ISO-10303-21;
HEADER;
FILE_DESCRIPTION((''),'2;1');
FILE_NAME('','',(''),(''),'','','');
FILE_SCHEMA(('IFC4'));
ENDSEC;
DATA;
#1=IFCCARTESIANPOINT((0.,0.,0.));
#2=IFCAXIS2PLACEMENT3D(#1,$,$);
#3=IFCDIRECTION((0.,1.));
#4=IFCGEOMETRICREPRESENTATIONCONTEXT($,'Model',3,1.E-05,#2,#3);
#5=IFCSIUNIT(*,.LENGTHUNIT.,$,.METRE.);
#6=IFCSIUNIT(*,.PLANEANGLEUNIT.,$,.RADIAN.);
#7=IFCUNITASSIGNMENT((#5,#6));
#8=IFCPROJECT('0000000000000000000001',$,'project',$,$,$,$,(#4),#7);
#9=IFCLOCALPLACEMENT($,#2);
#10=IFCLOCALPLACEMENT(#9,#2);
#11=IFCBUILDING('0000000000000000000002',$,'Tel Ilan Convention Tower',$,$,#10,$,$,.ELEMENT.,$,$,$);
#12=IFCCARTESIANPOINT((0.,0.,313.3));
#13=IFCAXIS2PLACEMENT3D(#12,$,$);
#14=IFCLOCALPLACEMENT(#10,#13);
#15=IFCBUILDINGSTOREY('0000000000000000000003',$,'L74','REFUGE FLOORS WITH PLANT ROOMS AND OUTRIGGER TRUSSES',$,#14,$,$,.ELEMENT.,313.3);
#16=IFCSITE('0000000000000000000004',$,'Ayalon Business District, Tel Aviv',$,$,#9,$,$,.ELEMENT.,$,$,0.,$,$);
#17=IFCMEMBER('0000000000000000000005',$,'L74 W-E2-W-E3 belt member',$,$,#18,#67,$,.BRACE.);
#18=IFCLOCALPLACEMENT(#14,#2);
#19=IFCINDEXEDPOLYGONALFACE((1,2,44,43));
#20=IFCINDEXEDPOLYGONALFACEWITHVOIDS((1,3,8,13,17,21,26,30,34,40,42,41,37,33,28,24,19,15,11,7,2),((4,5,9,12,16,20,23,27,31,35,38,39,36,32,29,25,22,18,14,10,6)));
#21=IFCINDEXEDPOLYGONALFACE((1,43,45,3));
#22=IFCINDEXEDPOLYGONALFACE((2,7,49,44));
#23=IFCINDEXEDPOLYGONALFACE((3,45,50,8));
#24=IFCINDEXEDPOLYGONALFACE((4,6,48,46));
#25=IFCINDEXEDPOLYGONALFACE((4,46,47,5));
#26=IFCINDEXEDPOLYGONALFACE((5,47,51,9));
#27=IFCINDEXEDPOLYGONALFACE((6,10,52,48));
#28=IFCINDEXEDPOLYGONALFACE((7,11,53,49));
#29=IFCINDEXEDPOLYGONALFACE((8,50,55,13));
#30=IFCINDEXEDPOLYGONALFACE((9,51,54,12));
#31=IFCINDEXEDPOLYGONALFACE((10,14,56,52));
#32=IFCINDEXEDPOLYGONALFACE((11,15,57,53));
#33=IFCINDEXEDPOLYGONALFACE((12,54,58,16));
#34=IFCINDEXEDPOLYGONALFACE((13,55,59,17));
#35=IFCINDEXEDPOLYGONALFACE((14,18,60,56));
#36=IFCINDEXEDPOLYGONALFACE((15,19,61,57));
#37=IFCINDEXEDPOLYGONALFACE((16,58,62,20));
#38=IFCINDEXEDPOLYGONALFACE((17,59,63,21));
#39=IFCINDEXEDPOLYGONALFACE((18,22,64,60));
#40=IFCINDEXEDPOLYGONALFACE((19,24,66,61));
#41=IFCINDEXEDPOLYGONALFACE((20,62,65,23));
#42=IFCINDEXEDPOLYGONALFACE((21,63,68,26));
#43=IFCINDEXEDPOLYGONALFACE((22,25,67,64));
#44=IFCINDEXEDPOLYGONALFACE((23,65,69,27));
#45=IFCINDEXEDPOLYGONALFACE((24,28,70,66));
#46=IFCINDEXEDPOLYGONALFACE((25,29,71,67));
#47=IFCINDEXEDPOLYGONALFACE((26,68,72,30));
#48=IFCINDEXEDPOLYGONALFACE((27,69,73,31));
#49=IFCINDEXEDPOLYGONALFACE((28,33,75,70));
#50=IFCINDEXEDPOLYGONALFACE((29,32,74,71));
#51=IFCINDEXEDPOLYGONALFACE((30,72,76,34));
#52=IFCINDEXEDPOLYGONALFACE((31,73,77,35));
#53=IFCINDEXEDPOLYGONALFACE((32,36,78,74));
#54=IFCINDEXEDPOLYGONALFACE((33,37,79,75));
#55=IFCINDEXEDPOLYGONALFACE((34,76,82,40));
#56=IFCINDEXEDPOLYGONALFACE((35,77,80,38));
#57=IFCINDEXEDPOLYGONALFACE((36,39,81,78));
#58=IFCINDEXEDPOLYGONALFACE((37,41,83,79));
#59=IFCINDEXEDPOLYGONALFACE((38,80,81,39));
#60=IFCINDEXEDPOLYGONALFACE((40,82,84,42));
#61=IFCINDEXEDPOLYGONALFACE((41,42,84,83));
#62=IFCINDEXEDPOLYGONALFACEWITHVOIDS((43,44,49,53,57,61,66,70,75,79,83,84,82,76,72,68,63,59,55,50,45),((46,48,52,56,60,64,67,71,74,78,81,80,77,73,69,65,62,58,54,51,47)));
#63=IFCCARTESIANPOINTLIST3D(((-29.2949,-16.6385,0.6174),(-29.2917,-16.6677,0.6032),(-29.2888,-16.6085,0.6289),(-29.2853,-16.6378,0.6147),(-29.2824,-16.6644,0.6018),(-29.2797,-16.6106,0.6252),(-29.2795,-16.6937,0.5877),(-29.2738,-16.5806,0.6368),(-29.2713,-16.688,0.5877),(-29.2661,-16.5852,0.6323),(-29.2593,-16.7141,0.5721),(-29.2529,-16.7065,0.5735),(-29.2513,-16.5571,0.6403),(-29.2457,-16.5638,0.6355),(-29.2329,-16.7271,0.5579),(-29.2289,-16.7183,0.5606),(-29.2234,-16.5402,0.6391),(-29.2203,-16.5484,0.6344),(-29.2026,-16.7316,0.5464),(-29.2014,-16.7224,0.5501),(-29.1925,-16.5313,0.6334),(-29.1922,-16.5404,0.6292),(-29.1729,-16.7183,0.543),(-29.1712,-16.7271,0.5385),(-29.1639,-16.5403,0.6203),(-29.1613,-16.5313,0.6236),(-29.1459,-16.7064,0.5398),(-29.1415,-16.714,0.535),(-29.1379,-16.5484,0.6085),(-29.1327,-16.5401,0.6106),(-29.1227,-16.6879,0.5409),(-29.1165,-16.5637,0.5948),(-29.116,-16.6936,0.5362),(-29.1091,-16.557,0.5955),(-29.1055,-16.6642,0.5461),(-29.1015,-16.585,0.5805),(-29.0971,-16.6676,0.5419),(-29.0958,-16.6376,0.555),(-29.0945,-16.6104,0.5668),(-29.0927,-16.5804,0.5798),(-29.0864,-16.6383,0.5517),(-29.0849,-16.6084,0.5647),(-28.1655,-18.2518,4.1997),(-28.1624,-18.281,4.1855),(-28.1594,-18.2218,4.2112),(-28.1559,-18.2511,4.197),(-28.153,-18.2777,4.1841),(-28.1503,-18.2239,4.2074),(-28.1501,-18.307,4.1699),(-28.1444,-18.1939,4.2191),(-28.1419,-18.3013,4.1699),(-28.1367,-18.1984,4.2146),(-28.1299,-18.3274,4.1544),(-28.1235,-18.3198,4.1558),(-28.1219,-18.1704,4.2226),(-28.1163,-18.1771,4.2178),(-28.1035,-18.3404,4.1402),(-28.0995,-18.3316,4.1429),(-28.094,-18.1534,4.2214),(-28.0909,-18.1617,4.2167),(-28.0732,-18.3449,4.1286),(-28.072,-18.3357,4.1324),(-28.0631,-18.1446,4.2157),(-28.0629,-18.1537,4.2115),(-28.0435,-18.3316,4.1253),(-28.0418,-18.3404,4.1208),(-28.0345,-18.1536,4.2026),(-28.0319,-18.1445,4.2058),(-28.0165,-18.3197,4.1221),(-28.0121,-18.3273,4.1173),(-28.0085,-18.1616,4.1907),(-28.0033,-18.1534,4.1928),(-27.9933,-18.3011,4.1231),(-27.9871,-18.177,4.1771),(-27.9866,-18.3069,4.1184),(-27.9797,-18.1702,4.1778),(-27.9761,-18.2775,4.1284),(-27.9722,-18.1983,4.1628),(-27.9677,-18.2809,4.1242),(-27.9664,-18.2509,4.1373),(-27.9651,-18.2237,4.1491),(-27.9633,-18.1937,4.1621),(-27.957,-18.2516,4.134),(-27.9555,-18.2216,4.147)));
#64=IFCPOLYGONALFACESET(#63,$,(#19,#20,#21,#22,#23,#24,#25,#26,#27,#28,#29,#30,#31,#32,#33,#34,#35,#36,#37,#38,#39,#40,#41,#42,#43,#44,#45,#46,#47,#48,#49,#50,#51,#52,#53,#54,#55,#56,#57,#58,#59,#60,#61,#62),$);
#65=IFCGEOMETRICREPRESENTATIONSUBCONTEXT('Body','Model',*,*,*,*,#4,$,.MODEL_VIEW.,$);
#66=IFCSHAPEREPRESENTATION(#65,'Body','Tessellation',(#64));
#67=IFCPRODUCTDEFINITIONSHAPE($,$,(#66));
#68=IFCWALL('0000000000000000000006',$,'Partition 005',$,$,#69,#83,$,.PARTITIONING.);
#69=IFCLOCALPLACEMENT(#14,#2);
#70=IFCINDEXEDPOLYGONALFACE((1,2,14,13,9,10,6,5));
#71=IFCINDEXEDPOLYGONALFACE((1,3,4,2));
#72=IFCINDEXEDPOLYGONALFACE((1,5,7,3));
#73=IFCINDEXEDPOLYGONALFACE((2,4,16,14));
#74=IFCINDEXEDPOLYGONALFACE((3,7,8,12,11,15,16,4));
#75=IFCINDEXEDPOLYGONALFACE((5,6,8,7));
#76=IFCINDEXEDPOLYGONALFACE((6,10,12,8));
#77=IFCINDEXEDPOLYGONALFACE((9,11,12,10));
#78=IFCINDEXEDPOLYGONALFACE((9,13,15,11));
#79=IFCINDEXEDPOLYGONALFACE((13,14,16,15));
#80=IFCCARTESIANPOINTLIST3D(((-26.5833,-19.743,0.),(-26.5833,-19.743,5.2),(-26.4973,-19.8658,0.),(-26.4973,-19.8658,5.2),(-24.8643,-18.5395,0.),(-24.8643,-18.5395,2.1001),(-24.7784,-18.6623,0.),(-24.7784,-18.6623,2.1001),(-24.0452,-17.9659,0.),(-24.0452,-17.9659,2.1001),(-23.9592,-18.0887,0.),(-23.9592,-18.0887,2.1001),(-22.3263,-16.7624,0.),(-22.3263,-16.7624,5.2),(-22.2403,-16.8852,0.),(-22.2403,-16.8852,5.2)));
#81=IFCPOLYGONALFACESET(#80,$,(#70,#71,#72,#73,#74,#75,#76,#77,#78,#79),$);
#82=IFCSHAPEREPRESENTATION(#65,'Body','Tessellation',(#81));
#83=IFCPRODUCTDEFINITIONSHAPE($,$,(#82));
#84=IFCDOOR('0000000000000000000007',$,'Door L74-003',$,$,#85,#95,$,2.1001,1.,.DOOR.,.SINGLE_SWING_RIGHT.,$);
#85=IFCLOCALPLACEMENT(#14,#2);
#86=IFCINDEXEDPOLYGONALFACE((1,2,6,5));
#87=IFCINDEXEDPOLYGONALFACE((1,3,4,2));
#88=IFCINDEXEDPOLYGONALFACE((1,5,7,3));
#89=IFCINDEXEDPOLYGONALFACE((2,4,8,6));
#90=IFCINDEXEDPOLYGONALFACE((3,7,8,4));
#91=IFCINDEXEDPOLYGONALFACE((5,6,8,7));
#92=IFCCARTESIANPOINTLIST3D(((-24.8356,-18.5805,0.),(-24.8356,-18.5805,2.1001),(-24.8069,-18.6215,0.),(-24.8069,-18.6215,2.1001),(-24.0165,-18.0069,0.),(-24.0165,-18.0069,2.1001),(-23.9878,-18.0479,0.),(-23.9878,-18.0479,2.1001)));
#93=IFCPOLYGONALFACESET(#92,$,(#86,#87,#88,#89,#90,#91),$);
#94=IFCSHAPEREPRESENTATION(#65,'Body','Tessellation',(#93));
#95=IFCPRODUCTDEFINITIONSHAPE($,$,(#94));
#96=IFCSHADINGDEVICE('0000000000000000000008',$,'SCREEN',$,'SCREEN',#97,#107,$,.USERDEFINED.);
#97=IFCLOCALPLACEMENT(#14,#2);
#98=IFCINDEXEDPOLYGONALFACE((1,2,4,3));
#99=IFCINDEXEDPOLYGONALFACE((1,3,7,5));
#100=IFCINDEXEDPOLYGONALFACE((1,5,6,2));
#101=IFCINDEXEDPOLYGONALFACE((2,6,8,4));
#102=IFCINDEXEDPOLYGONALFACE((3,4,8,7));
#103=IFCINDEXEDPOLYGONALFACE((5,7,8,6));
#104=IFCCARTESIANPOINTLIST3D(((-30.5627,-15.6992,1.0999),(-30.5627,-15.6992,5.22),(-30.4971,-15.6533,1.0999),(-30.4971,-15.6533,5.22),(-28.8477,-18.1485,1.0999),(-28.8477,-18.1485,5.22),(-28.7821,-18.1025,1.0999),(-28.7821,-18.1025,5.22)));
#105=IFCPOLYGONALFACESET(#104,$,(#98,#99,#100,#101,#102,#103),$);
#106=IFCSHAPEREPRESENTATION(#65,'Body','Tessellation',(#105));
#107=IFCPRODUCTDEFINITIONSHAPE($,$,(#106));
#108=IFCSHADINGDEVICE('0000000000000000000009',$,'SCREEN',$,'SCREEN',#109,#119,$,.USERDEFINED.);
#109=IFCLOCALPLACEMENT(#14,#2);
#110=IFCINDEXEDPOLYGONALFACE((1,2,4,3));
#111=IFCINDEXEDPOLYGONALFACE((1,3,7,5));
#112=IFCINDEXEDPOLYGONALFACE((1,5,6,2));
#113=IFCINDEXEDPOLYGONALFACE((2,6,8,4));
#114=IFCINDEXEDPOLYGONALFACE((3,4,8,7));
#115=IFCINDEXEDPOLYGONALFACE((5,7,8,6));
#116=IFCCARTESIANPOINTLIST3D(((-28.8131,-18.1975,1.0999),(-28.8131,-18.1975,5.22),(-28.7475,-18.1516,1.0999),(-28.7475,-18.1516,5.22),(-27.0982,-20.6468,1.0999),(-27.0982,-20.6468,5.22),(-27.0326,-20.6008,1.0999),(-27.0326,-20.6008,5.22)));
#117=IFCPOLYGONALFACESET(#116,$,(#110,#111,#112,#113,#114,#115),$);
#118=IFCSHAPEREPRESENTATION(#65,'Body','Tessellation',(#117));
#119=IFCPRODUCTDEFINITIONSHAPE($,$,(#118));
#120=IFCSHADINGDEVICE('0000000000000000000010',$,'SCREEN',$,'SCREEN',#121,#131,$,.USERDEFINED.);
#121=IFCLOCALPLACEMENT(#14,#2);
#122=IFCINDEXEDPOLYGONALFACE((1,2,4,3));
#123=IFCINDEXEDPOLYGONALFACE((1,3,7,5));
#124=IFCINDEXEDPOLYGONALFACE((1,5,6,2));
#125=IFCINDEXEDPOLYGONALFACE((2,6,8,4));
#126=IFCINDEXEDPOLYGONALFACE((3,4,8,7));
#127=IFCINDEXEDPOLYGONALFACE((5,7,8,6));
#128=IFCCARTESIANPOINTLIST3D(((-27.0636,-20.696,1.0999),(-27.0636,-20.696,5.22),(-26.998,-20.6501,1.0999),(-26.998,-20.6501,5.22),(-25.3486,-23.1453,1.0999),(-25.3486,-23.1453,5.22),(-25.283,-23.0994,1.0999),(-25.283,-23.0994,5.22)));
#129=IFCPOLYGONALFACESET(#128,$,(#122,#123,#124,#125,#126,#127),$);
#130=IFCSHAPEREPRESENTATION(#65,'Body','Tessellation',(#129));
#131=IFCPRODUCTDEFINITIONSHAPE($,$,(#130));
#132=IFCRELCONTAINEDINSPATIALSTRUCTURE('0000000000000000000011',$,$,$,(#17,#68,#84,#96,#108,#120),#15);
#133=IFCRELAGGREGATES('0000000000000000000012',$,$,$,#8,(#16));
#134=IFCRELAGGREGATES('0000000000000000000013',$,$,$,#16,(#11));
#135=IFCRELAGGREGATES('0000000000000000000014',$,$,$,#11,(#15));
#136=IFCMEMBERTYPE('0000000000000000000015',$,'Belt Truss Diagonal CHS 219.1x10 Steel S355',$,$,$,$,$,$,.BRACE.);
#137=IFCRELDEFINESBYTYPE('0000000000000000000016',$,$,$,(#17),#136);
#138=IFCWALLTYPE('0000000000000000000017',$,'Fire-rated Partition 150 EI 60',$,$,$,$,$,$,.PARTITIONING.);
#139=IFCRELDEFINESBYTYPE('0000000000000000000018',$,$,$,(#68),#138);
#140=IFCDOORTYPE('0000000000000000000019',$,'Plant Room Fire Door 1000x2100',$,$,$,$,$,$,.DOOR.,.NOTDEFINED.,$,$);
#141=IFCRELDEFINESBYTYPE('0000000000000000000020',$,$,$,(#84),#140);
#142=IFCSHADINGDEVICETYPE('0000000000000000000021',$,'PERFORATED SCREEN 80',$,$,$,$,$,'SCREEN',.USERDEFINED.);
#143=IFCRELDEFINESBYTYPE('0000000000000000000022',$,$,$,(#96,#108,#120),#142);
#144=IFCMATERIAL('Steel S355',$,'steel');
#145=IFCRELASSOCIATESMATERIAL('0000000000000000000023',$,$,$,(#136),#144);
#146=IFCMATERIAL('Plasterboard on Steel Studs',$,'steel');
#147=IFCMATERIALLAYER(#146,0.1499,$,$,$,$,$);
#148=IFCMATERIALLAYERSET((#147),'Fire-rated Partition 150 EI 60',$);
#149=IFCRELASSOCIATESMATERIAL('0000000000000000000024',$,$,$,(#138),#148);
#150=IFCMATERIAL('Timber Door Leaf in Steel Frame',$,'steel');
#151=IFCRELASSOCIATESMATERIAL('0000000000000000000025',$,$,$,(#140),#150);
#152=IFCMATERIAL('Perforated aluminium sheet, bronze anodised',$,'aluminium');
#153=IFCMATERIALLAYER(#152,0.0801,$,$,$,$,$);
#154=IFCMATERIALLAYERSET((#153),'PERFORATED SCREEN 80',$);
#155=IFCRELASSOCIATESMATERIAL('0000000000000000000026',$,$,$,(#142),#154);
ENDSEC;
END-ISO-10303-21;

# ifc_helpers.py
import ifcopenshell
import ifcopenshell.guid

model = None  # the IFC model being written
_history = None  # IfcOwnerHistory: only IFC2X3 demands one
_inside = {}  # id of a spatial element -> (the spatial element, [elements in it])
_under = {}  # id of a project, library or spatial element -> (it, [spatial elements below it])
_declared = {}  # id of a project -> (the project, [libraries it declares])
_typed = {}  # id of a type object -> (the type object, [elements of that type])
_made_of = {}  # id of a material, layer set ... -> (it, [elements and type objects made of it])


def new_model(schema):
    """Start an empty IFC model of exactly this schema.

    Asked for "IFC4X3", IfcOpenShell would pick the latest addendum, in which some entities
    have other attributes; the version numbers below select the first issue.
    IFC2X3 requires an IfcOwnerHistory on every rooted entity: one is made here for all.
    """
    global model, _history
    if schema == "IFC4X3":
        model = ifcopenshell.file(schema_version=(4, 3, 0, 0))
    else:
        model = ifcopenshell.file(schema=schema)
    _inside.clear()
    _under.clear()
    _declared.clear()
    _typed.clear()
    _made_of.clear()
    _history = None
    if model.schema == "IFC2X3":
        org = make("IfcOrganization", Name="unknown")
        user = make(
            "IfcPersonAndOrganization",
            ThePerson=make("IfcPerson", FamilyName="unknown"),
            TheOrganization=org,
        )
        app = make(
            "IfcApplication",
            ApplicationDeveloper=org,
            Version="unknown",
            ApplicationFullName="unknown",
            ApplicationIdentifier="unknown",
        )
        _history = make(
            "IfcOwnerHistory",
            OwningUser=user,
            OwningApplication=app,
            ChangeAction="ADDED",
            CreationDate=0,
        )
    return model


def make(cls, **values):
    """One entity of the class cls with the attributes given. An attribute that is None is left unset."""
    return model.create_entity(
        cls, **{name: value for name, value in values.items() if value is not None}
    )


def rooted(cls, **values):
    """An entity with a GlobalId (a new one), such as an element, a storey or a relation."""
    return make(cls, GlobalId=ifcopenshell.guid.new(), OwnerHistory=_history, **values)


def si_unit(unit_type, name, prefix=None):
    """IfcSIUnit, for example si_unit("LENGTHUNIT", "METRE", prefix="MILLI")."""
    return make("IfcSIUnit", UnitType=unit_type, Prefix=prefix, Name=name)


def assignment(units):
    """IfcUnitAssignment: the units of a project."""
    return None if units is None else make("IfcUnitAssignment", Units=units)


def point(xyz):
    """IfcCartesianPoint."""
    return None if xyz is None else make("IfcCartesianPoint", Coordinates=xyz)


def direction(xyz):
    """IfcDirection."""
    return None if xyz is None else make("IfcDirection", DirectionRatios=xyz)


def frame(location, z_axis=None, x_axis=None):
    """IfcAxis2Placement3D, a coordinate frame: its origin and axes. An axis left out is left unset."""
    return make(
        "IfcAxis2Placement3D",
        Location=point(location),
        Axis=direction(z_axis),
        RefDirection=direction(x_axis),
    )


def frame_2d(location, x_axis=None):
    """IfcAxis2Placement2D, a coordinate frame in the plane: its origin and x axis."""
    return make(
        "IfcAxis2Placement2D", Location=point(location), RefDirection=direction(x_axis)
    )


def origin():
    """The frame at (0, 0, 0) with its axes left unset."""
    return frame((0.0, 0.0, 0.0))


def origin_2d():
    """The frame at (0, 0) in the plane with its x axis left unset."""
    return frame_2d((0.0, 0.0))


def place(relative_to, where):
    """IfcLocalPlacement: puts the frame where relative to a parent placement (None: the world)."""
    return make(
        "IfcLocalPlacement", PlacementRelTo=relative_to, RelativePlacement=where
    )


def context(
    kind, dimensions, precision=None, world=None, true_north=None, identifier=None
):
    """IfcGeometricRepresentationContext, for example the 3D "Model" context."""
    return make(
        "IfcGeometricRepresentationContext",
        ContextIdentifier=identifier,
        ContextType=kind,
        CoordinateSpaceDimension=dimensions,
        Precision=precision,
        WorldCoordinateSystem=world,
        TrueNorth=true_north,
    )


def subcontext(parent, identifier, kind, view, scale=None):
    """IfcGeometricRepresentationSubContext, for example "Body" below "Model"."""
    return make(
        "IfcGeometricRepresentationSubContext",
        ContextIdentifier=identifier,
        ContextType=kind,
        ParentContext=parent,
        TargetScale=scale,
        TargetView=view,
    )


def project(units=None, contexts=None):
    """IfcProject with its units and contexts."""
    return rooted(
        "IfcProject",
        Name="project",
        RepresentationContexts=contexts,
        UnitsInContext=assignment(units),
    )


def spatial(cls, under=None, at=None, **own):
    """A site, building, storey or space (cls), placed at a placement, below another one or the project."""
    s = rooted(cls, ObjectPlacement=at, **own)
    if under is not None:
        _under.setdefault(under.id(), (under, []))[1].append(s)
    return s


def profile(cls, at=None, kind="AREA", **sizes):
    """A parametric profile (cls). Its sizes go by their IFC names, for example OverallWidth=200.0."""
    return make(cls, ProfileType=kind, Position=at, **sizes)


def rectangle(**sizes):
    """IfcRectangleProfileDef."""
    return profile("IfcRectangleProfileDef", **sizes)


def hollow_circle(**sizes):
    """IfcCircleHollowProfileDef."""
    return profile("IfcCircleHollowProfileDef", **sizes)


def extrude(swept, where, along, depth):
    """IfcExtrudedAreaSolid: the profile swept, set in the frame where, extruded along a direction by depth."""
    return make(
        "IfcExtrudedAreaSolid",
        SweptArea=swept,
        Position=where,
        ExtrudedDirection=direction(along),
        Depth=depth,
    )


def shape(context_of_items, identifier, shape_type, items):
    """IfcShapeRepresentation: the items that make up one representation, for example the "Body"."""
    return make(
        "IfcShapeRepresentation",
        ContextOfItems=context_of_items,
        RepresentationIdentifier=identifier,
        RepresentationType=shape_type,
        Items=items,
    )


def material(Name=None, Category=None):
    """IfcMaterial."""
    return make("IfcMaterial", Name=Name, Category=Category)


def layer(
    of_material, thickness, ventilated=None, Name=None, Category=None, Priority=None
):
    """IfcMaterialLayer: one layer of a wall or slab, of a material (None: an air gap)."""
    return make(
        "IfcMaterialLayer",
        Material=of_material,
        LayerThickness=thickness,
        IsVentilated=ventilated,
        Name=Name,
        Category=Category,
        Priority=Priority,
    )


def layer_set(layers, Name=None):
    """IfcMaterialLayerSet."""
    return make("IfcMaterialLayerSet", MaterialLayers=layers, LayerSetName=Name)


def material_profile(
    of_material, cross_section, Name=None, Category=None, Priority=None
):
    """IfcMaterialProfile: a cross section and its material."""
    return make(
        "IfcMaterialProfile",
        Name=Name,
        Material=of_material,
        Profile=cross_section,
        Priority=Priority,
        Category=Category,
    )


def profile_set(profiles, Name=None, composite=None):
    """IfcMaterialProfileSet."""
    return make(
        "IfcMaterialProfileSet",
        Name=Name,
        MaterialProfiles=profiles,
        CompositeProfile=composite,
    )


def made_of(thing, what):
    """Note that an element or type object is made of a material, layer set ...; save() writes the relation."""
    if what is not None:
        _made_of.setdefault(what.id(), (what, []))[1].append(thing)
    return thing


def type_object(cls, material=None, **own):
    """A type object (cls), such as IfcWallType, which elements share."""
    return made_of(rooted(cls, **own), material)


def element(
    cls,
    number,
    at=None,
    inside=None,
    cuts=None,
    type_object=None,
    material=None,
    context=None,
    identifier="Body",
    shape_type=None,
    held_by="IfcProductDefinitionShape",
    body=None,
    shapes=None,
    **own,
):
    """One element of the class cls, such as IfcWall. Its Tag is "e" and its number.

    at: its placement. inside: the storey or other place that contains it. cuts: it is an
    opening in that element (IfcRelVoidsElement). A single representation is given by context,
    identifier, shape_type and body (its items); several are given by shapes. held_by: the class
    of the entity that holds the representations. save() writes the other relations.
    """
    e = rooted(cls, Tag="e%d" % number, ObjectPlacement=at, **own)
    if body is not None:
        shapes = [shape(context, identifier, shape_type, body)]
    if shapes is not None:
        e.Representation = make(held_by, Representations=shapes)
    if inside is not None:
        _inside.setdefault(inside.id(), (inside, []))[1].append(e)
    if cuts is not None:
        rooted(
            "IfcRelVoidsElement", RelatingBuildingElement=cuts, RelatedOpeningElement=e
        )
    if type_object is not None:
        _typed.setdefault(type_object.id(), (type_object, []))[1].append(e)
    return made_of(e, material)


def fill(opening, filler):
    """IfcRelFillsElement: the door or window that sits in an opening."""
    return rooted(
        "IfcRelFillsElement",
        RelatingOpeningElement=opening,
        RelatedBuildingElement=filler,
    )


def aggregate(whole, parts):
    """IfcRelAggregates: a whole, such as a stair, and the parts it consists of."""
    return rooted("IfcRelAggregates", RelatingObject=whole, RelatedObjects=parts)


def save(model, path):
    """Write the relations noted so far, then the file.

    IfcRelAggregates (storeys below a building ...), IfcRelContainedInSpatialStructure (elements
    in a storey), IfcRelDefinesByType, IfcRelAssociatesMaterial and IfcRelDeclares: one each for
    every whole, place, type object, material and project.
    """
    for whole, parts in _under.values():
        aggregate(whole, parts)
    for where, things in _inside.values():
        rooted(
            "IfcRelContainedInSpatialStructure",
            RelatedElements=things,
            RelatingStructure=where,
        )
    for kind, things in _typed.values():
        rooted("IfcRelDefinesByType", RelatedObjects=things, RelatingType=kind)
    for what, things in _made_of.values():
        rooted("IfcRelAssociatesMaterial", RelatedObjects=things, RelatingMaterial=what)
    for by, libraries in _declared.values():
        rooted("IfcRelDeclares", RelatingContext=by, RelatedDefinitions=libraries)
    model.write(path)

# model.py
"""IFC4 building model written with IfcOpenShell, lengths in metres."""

from ifc_helpers import new_model, si_unit, direction, frame, frame_2d, origin, origin_2d, place, context, subcontext, project, spatial, rectangle, hollow_circle, extrude, material, layer, layer_set, material_profile, profile_set, type_object, element, fill, save


model = new_model("IFC4")

# Units and contexts
model_context = context("Model", 3, precision=1e-05, world=origin(), true_north=direction((0.0, 1.0)))
body_context = subcontext(model_context, "Body", "Model", "MODEL_VIEW")
ifc_project = project(units=[si_unit("LENGTHUNIT", "METRE"), si_unit("PLANEANGLEUNIT", "RADIAN")], contexts=[model_context])

# Site, building, storey
site_placement = place(None, origin())
site = spatial("IfcSite", under=ifc_project, at=site_placement, Name="Ayalon Business District, Tel Aviv", CompositionType="ELEMENT", RefElevation=0.0)
building_placement = place(site_placement, origin())
building = spatial("IfcBuilding", under=site, at=building_placement, Name="Tel Ilan Convention Tower", CompositionType="ELEMENT")
storey_placement = place(building_placement, frame((0.0, 0.0, 313.3)))
storey = spatial("IfcBuildingStorey", under=building, at=storey_placement, Name="L74", Description="REFUGE FLOORS WITH PLANT ROOMS AND OUTRIGGER TRUSSES", CompositionType="ELEMENT", Elevation=313.3)

# Member
ifc_material_1 = material(Name="Steel S355", Category="steel")
ifc_material_profile_1 = material_profile(ifc_material_1, hollow_circle(Radius=0.1096, WallThickness=0.01, at=origin_2d()), Name="CHS 219.1x10")
ifc_profile_set_1 = profile_set([ifc_material_profile_1], Name="Steel S355")
member_type_1 = type_object("IfcMemberType", Name="Belt Truss Diagonal CHS 219.1x10 Steel S355", PredefinedType="BRACE", material=ifc_profile_set_1)
for number, where, z_axis, x_axis, name in (
    (1, (-28.0603, -18.2441, 4.1699), (-0.276278, 0.394648, -0.876312), (-0.819209, -0.573496, 0.0), "L74 W-E2-W-E3 belt member"),
):
    element("IfcMember", number, at=place(storey_placement, frame(where, z_axis=z_axis, x_axis=x_axis)), inside=storey, type_object=member_type_1, Name=name, PredefinedType="BRACE", context=body_context, shape_type="SweptSolid", body=[
        extrude(hollow_circle(Radius=0.1096, WallThickness=0.01, at=origin_2d()), origin(), (0.0, 0.0, 1.0), 4.0879),
    ])

# Wall, opening, door
ifc_material_2 = material(Name="Plasterboard on Steel Studs", Category="steel")
ifc_layer_1 = layer(ifc_material_2, 0.1499)
ifc_layer_set_1 = layer_set([ifc_layer_1], Name="Fire-rated Partition 150 EI 60")
wall_type = type_object("IfcWallType", Name="Fire-rated Partition 150 EI 60", PredefinedType="PARTITIONING", material=ifc_layer_set_1)
wall_placement = place(storey_placement, frame((-26.5403, -19.8044, 0.0), z_axis=(0.0, 0.0, 1.0), x_axis=(0.819163, 0.57356, 0.0)))
wall = element("IfcWall", 2, at=wall_placement, inside=storey, type_object=wall_type, Name="Partition 005", PredefinedType="PARTITIONING", context=body_context, shape_type="SweptSolid", body=[
    extrude(rectangle(XDim=5.1968, YDim=0.1499, at=frame_2d((2.5984, 0.0))), origin(), (0.0, 0.0, 1.0), 5.2),
])
opening_placement = place(wall_placement, frame((2.0984, 0.0, 0.0)))
opening = element("IfcOpeningElement", 3, at=opening_placement, cuts=wall, PredefinedType="OPENING", context=body_context, shape_type="SweptSolid", body=[
    extrude(rectangle(XDim=1.0, YDim=2.1001, at=frame_2d((0.5, 1.05))), frame((0.0, 0.085, 0.0), z_axis=(0.0, -1.0, 0.0), x_axis=(1.0, 0.0, 0.0)), (0.0, 0.0, 1.0), 0.1699),
])
ifc_material_3 = material(Name="Timber Door Leaf in Steel Frame", Category="steel")
door_type = type_object("IfcDoorType", Name="Plant Room Fire Door 1000x2100", OperationType="NOTDEFINED", PredefinedType="DOOR", material=ifc_material_3)
door_placement = place(opening_placement, origin())
door = element("IfcDoor", 4, at=door_placement, inside=storey, type_object=door_type, Name="Door L74-003", OperationType="SINGLE_SWING_RIGHT", OverallHeight=2.1001, OverallWidth=1.0, PredefinedType="DOOR", context=body_context, shape_type="SweptSolid", body=[
    extrude(rectangle(XDim=1.0, YDim=2.1001, at=frame_2d((0.5, 1.05))), frame((0.0, 0.0249, 0.0), z_axis=(0.0, -1.0, 0.0), x_axis=(1.0, 0.0, 0.0)), (0.0, 0.0, 1.0), 0.05),
])
fill(opening, door)

# Shading devices
ifc_material_4 = material(Name="Perforated aluminium sheet, bronze anodised", Category="aluminium")
ifc_layer_2 = layer(ifc_material_4, 0.0801)
ifc_layer_set_2 = layer_set([ifc_layer_2], Name="PERFORATED SCREEN 80")
shading_device_type_1 = type_object("IfcShadingDeviceType", Name="PERFORATED SCREEN 80", ElementType="SCREEN", PredefinedType="USERDEFINED", material=ifc_layer_set_2)
for number, where, z_axis, x_axis, name in (
    (5, (-29.6724, -16.9009, 1.0999), (0.0, 0.0, 1.0), (0.573576, -0.819152, 0.0), "SCREEN"),
    (6, (-27.9229, -19.3992, 1.0999), (0.0, 0.0, 1.0), (0.573576, -0.819152, 0.0), "SCREEN"),
    (7, (-26.1733, -21.8977, 1.0999), (0.0, 0.0, 1.0), (0.573576, -0.819152, 0.0), "SCREEN"),
):
    element("IfcShadingDevice", number, at=place(storey_placement, frame(where, z_axis=z_axis, x_axis=x_axis)), inside=storey, type_object=shading_device_type_1, Name=name, ObjectType="SCREEN", PredefinedType="USERDEFINED", context=body_context, shape_type="SweptSolid", body=[
        extrude(rectangle(XDim=2.99, YDim=0.0801, at=origin_2d()), origin(), (0.0, 0.0, 1.0), 4.1201),
    ])

save(model, "model.ifc")
